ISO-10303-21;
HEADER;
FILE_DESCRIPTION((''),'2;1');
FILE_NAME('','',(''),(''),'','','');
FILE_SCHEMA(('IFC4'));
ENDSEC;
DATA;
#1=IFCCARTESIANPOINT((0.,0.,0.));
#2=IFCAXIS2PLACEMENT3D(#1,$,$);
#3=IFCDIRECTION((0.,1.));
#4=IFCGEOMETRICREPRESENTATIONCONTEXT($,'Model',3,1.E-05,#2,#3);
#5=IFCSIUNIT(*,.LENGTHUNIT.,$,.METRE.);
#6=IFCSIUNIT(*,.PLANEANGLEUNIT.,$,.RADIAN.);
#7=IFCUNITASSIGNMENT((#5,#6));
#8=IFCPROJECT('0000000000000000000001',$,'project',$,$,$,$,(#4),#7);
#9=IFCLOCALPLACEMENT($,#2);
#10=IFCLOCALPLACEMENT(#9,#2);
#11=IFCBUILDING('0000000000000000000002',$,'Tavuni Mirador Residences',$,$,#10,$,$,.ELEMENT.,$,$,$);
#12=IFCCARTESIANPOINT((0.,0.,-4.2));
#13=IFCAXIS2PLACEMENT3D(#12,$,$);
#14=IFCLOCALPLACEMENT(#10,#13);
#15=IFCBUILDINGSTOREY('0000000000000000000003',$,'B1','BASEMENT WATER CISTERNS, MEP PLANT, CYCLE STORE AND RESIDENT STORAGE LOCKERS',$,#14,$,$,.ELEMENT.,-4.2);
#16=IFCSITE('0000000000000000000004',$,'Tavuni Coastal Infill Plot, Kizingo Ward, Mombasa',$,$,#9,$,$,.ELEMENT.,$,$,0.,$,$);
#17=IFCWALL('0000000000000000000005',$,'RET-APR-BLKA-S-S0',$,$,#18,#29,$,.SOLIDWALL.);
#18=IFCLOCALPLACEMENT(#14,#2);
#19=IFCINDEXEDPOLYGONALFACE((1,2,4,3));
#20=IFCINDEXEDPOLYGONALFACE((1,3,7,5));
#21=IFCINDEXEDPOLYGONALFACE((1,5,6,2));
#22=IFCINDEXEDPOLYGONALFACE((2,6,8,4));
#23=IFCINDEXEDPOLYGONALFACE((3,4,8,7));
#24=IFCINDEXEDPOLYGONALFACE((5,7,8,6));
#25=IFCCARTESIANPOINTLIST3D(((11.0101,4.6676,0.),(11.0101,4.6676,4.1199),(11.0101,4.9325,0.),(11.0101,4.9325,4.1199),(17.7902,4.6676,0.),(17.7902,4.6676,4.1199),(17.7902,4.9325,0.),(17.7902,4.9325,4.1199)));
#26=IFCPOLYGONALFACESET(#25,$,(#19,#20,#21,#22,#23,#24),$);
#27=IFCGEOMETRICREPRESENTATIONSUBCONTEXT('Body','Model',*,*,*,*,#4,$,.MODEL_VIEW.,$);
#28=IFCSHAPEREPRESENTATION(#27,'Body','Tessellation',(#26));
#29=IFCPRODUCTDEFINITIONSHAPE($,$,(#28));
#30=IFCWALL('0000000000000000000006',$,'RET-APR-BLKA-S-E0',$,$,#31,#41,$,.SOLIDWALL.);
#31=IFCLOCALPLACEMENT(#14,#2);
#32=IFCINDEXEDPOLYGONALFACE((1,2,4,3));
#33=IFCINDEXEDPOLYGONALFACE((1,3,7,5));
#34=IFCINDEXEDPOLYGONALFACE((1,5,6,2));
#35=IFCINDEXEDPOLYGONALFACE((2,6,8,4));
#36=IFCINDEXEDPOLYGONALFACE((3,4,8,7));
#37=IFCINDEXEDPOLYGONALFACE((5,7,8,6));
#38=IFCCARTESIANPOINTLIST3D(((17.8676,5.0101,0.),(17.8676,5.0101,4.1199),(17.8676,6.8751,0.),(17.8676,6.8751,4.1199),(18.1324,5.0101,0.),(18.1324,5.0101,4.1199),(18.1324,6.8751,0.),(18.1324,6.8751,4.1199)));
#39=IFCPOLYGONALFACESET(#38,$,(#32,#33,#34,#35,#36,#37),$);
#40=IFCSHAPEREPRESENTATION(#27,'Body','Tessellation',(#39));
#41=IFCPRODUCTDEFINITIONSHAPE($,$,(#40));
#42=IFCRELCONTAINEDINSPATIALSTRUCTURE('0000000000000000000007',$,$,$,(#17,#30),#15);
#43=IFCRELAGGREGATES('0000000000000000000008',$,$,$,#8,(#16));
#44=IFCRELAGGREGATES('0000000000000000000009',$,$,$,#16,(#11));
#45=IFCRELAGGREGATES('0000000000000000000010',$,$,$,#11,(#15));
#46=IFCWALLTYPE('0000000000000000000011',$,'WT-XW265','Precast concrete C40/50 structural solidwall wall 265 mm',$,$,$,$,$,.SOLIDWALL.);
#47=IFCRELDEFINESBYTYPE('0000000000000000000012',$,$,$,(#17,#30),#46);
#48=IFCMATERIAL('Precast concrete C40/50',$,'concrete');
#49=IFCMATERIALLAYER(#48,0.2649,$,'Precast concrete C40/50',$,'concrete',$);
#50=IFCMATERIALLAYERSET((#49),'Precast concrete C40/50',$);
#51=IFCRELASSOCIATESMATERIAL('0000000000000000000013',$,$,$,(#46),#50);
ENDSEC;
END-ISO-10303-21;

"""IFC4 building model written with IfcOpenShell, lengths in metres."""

from ifc_helpers import new_model, si_unit, direction, frame, frame_2d, origin, place, context, subcontext, project, spatial, rectangle, extrude, material, layer, layer_set, type_object, element, save


model = new_model("IFC4")

# Units and contexts
model_context = context("Model", 3, precision=1e-05, world=origin(), true_north=direction((0.0, 1.0)))
body_context = subcontext(model_context, "Body", "Model", "MODEL_VIEW")
ifc_project = project(units=[si_unit("LENGTHUNIT", "METRE"), si_unit("PLANEANGLEUNIT", "RADIAN")], contexts=[model_context])

# Site, building, storey
site_placement = place(None, origin())
site = spatial("IfcSite", under=ifc_project, at=site_placement, Name="Tavuni Coastal Infill Plot, Kizingo Ward, Mombasa", CompositionType="ELEMENT", RefElevation=0.0)
building_placement = place(site_placement, origin())
building = spatial("IfcBuilding", under=site, at=building_placement, Name="Tavuni Mirador Residences", CompositionType="ELEMENT")
storey_placement = place(building_placement, frame((0.0, 0.0, -4.2)))
storey = spatial("IfcBuildingStorey", under=building, at=storey_placement, Name="B1", Description="BASEMENT WATER CISTERNS, MEP PLANT, CYCLE STORE AND RESIDENT STORAGE LOCKERS", CompositionType="ELEMENT", Elevation=-4.2)

# Shared definitions
ifc_material_1 = material(Name="Precast concrete C40/50", Category="concrete")

# Walls
ifc_layer_1 = layer(ifc_material_1, 0.2649, Name="Precast concrete C40/50", Category="concrete")
ifc_layer_set_1 = layer_set([ifc_layer_1], Name="Precast concrete C40/50")
wall_type_1 = type_object("IfcWallType", Name="WT-XW265", Description="Precast concrete C40/50 structural solidwall wall 265 mm", PredefinedType="SOLIDWALL", material=ifc_layer_set_1)
wall_1_placement = place(storey_placement, frame((11.01, 4.8, 0.0), z_axis=(0.0, 0.0, 1.0), x_axis=(1.0, 0.0, 0.0)))
element("IfcWall", 1, at=wall_1_placement, inside=storey, type_object=wall_type_1, Name="RET-APR-BLKA-S-S0", PredefinedType="SOLIDWALL", context=body_context, shape_type="SweptSolid", body=[
    extrude(rectangle(XDim=6.78, YDim=0.2649, at=frame_2d((3.3901, 0.0))), origin(), (0.0, 0.0, 1.0), 4.1199),
])
wall_2_placement = place(storey_placement, frame((18.0, 5.01, 0.0), z_axis=(0.0, 0.0, 1.0), x_axis=(0.0, 1.0, 0.0)))
element("IfcWall", 2, at=wall_2_placement, inside=storey, type_object=wall_type_1, Name="RET-APR-BLKA-S-E0", PredefinedType="SOLIDWALL", context=body_context, shape_type="SweptSolid", body=[
    extrude(rectangle(XDim=1.865, YDim=0.2649, at=frame_2d((0.9326, 0.0))), origin(), (0.0, 0.0, 1.0), 4.1199),
])

save(model, "model.ifc")
